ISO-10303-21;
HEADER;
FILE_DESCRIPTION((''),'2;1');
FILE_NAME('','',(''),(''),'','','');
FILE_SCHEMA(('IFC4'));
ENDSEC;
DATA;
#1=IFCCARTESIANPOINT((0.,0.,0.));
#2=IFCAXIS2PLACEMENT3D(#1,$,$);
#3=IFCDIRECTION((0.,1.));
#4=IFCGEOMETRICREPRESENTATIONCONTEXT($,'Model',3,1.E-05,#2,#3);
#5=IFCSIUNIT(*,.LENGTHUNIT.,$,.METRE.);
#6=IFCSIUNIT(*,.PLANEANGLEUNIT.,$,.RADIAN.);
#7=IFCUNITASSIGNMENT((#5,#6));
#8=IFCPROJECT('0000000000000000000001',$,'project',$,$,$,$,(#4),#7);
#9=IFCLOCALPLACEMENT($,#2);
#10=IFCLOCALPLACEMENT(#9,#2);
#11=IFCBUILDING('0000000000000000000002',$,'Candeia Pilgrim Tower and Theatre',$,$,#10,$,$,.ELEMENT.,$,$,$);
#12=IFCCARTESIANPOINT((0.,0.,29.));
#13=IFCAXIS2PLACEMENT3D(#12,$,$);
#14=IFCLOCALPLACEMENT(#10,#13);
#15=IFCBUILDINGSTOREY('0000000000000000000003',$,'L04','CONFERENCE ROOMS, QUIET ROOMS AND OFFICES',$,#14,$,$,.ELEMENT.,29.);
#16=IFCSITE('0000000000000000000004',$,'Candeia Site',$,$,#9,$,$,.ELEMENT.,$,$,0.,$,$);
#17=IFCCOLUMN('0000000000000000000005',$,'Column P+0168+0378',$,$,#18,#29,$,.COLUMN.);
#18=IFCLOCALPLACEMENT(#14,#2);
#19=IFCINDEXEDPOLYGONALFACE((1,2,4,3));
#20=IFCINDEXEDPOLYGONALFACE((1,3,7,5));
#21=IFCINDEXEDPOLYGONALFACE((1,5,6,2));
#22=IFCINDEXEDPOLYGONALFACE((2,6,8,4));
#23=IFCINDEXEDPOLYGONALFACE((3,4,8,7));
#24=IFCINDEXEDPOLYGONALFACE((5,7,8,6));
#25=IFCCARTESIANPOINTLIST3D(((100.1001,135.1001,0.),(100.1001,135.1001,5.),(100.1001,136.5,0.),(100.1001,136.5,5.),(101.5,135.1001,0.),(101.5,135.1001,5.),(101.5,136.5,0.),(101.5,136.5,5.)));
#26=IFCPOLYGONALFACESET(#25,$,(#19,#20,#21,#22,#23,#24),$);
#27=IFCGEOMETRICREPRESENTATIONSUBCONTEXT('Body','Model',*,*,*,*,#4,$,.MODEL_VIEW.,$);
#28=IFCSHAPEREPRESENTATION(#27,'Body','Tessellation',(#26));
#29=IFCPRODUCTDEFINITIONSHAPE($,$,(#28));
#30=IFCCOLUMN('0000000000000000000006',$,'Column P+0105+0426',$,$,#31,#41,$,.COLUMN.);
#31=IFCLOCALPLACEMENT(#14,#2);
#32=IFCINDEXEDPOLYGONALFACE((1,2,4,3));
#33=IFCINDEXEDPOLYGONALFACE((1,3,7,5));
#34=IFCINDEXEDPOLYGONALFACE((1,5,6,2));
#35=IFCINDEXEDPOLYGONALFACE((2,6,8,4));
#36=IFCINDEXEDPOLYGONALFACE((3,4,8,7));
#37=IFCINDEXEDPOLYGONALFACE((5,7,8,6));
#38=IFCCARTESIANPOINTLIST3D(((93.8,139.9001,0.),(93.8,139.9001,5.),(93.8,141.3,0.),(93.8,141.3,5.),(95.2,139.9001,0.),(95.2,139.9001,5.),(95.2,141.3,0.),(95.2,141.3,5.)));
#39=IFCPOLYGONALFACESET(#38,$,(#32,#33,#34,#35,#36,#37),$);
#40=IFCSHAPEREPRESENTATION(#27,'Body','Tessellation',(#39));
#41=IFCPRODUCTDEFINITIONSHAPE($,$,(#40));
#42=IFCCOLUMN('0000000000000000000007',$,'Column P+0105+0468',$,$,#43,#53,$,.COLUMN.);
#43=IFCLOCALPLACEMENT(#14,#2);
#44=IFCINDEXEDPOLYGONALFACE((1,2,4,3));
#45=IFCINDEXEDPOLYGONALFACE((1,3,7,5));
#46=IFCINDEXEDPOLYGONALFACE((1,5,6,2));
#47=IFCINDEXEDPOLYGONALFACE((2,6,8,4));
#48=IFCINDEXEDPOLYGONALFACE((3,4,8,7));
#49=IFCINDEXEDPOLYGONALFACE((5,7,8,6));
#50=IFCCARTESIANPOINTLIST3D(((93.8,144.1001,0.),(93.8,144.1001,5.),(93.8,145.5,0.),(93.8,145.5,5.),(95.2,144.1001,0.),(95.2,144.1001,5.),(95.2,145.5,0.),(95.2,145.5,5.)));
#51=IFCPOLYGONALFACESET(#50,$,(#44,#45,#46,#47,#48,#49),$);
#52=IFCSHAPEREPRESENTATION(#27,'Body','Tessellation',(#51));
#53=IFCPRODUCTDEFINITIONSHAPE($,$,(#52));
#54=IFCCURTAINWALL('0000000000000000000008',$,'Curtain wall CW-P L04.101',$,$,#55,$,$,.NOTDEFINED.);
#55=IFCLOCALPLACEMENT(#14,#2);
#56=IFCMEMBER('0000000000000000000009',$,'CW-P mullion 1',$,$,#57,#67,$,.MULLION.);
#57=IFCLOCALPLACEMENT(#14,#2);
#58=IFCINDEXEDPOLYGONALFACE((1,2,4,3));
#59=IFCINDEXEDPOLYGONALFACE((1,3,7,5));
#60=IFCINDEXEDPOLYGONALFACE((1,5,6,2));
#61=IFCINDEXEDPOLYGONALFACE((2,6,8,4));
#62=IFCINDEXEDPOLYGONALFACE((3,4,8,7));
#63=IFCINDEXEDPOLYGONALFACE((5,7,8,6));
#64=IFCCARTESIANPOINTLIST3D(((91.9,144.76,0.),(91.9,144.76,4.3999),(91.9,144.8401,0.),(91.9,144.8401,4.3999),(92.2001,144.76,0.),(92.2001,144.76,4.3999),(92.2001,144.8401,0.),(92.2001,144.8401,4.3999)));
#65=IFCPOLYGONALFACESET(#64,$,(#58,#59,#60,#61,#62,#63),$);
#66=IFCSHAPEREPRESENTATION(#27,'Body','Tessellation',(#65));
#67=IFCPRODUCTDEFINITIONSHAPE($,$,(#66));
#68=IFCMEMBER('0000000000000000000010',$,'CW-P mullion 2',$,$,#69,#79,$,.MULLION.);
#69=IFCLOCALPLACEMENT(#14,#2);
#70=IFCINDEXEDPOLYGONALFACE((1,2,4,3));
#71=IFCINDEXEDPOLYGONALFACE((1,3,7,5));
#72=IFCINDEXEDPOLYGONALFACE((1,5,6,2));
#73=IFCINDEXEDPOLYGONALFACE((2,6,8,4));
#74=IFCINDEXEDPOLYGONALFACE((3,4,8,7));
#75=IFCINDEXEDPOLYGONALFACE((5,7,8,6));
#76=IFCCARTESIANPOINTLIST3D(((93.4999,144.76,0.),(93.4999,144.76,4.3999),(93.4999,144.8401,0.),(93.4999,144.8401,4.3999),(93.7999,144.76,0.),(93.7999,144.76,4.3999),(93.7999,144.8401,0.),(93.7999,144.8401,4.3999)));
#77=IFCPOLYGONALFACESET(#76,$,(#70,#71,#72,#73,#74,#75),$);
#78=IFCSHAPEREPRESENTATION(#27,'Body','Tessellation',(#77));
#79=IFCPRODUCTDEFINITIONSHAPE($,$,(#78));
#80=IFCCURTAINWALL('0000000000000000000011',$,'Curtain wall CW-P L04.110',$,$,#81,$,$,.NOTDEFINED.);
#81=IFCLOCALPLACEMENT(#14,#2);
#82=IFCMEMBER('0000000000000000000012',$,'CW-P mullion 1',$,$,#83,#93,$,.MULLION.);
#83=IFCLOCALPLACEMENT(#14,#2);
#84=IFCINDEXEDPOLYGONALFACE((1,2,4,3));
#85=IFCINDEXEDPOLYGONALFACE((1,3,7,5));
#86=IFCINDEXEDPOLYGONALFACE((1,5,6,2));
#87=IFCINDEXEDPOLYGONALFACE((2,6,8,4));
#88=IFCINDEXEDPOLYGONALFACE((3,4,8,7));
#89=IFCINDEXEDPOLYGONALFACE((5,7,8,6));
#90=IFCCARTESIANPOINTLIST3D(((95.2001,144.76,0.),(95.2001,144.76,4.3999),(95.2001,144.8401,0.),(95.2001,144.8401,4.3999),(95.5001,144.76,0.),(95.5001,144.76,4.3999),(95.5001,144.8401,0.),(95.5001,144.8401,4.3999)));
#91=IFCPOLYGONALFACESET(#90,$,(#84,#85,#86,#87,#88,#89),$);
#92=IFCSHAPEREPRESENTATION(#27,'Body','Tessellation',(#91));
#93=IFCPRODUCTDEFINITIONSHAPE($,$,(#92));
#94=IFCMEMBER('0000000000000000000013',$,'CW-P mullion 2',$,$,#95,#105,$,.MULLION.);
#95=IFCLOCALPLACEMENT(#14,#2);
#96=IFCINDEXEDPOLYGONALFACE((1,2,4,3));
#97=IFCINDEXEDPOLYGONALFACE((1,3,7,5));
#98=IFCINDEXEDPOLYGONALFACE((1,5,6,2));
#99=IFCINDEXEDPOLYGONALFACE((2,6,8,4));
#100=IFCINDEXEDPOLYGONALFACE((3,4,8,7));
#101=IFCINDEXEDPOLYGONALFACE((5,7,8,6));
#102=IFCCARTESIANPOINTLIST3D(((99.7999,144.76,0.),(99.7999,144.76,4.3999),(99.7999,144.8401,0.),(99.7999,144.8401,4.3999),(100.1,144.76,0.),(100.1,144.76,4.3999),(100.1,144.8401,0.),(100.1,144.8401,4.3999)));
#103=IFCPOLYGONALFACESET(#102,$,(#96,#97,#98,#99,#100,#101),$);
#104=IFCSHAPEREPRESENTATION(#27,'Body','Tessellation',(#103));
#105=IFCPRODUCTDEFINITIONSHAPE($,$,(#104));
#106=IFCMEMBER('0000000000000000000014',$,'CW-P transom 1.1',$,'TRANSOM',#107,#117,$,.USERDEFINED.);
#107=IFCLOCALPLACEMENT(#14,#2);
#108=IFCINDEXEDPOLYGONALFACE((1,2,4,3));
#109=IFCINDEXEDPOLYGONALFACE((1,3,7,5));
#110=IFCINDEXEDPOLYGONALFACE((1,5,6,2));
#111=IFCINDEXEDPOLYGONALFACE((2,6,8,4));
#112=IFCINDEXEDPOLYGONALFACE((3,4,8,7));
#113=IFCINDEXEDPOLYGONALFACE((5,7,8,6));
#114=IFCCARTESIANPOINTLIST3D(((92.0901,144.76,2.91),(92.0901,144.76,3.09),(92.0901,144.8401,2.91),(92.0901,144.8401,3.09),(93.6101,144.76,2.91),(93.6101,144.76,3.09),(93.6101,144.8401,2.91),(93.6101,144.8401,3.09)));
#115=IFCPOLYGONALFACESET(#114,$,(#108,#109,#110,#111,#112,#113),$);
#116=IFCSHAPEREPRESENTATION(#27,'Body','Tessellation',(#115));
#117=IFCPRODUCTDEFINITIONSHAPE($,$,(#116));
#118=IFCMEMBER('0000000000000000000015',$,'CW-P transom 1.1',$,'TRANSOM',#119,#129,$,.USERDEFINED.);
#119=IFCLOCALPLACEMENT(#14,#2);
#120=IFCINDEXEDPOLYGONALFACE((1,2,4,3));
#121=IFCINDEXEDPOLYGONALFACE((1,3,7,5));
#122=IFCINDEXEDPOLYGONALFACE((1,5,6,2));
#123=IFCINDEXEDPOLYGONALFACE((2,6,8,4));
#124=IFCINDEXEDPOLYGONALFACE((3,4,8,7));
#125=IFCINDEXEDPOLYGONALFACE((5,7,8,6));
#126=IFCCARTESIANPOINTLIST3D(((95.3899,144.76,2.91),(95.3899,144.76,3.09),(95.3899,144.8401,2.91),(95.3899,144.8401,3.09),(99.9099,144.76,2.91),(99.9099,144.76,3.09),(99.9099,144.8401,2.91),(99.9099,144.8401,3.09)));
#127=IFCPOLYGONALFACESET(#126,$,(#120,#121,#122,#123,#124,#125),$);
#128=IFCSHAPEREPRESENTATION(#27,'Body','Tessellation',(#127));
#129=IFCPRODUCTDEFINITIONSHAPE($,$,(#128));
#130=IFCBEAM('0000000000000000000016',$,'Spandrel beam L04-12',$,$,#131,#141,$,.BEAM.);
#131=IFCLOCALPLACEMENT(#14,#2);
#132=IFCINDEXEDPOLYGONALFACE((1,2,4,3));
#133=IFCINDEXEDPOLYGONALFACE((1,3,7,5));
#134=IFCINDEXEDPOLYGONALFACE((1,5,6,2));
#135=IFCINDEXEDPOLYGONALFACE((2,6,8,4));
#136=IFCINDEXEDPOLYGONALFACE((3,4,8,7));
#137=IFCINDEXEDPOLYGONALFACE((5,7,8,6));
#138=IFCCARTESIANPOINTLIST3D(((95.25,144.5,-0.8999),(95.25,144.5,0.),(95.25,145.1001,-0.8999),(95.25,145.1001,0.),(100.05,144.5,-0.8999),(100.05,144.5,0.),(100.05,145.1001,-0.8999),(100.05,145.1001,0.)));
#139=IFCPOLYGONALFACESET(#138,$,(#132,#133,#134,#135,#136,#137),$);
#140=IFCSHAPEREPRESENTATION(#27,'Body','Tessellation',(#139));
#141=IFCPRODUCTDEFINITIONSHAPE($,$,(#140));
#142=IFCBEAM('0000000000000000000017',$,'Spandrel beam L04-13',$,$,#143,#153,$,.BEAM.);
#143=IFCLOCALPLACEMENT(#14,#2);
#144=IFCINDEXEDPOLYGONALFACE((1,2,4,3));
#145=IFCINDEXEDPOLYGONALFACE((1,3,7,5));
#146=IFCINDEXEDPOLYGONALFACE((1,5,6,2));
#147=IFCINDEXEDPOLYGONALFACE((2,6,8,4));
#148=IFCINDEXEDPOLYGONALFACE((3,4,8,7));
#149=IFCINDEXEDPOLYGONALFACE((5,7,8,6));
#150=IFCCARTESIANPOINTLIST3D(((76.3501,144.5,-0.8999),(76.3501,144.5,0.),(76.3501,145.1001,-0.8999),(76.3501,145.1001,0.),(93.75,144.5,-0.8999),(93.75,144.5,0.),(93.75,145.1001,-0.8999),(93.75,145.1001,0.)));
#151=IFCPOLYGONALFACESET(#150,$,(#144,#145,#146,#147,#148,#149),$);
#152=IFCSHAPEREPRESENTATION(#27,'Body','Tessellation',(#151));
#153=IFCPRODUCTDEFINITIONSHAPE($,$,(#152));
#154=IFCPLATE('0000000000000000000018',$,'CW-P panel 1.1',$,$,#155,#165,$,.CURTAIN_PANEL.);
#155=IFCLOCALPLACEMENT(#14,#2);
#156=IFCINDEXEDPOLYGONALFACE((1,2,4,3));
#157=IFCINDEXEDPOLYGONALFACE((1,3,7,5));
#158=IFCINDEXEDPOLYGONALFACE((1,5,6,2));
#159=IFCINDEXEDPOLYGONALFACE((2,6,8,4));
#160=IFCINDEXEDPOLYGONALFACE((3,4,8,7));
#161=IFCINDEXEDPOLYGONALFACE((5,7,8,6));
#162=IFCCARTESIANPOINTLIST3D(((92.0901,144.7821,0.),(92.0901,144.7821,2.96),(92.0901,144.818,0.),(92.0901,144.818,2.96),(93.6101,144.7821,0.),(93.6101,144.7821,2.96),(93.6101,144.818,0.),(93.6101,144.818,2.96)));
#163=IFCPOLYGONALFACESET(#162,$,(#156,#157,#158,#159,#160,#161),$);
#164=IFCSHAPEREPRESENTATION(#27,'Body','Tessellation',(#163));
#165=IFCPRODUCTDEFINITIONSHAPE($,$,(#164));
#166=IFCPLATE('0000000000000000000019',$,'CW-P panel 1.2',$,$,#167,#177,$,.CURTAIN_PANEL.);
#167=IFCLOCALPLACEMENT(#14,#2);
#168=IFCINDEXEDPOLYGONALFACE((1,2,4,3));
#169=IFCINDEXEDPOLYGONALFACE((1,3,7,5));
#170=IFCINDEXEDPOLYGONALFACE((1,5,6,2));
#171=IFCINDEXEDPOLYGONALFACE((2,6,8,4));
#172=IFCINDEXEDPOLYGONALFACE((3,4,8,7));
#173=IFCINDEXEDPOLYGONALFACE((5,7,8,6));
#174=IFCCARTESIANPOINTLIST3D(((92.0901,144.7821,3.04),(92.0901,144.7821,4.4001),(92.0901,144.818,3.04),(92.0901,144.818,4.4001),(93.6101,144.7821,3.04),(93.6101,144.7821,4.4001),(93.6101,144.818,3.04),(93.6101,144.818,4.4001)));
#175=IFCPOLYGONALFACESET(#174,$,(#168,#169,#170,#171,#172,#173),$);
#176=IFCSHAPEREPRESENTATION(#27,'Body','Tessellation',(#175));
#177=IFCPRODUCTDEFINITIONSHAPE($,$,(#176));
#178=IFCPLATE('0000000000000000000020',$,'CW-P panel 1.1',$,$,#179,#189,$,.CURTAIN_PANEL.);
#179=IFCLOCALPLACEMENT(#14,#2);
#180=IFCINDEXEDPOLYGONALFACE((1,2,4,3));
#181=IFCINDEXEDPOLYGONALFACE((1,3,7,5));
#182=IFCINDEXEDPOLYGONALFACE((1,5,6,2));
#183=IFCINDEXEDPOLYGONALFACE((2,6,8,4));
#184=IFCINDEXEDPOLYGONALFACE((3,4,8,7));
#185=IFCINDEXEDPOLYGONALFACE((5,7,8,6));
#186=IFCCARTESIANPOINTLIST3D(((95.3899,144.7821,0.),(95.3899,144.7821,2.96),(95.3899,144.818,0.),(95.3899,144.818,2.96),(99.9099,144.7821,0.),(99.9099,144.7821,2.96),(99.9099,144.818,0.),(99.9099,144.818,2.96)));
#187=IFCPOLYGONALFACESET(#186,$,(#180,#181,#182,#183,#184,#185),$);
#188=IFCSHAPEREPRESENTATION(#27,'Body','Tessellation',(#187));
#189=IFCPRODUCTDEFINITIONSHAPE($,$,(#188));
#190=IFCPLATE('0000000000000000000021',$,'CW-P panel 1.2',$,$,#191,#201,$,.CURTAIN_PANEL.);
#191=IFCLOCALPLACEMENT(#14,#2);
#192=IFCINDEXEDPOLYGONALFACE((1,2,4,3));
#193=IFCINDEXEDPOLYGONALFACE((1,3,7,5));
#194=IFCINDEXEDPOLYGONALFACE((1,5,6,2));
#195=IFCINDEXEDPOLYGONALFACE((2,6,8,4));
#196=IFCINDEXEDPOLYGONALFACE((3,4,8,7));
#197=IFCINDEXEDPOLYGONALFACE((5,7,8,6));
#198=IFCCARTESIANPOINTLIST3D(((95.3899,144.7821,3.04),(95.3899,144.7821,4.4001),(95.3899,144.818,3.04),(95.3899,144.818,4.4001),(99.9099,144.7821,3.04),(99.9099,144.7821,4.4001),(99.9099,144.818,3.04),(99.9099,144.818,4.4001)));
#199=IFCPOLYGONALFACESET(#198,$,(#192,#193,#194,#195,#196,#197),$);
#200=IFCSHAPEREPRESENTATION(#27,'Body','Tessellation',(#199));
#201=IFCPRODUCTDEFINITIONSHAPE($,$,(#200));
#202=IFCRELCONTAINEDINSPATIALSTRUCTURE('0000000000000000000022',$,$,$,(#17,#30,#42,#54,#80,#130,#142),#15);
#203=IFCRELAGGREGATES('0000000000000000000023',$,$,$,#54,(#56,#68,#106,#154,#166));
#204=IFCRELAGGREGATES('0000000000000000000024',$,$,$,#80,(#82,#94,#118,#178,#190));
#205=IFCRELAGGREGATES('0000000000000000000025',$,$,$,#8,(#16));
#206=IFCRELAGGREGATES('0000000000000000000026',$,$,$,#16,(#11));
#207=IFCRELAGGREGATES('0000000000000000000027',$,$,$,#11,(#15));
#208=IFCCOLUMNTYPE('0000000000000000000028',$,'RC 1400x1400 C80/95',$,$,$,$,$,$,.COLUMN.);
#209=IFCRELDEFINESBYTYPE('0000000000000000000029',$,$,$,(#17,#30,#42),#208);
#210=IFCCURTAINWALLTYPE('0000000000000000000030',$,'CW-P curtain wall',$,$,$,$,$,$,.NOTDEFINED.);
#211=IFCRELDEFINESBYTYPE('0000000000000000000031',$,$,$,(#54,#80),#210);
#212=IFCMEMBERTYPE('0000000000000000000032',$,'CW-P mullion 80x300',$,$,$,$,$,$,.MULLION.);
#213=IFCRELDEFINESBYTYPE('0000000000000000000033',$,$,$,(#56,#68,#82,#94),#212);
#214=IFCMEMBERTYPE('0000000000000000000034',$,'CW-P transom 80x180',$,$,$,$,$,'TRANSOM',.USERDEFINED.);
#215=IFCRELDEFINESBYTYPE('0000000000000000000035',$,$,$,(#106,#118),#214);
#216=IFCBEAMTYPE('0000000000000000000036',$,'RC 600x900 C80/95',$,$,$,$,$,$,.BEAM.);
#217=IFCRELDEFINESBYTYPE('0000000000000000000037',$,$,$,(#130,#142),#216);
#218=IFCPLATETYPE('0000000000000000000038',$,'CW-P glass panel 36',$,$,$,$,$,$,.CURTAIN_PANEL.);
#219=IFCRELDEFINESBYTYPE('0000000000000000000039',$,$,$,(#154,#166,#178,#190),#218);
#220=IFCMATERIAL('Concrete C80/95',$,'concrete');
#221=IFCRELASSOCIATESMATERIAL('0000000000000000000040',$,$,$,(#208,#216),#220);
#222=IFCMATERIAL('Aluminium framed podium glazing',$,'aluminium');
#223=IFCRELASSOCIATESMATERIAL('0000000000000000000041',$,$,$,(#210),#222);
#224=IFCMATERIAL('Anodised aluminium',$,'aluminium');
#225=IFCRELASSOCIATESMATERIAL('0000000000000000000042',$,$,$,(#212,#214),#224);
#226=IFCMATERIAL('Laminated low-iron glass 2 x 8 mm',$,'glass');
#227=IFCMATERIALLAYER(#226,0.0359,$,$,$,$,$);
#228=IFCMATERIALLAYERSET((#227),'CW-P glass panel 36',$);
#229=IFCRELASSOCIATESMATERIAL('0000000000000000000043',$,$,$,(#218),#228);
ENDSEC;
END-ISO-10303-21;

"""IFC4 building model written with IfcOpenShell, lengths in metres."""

from ifc_helpers import new_model, si_unit, direction, frame, origin, origin_2d, place, context, subcontext, project, spatial, rectangle, extrude, material, layer, layer_set, material_profile, profile_set, type_object, element, aggregate, save


model = new_model("IFC4")

# Units and contexts
model_context = context("Model", 3, precision=1e-05, world=origin(), true_north=direction((0.0, 1.0)))
body_context = subcontext(model_context, "Body", "Model", "MODEL_VIEW")
ifc_project = project(units=[si_unit("LENGTHUNIT", "METRE"), si_unit("PLANEANGLEUNIT", "RADIAN")], contexts=[model_context])

# Site, building, storey
site_placement = place(None, origin())
site = spatial("IfcSite", under=ifc_project, at=site_placement, Name="Candeia Site", CompositionType="ELEMENT", RefElevation=0.0)
building_placement = place(site_placement, origin())
building = spatial("IfcBuilding", under=site, at=building_placement, Name="Candeia Pilgrim Tower and Theatre", CompositionType="ELEMENT")
storey_placement = place(building_placement, frame((0.0, 0.0, 29.0)))
storey = spatial("IfcBuildingStorey", under=building, at=storey_placement, Name="L04", Description="CONFERENCE ROOMS, QUIET ROOMS AND OFFICES", CompositionType="ELEMENT", Elevation=29.0)

# Columns
ifc_material_1 = material(Name="Concrete C80/95", Category="concrete")
ifc_material_profile_1 = material_profile(ifc_material_1, rectangle(XDim=1.3999, YDim=1.3999, at=origin_2d()))
ifc_profile_set_1 = profile_set([ifc_material_profile_1], Name="Concrete C80/95")
column_type = type_object("IfcColumnType", Name="RC 1400x1400 C80/95", PredefinedType="COLUMN", material=ifc_profile_set_1)
for number, where, z_axis, x_axis, name in (
    (1, (100.8, 135.8, 0.0), (0.0, 0.0, 1.0), (1.0, 0.0, 0.0), "Column P+0168+0378"),
    (2, (94.5, 140.6001, 0.0), (0.0, 0.0, 1.0), (1.0, 0.0, 0.0), "Column P+0105+0426"),
    (3, (94.5, 144.8, 0.0), (0.0, 0.0, 1.0), (1.0, 0.0, 0.0), "Column P+0105+0468"),
):
    element("IfcColumn", number, at=place(storey_placement, frame(where, z_axis=z_axis, x_axis=x_axis)), inside=storey, type_object=column_type, Name=name, PredefinedType="COLUMN", context=body_context, shape_type="SweptSolid", body=[
        extrude(rectangle(XDim=1.3999, YDim=1.3999, at=origin_2d()), origin(), (0.0, 0.0, 1.0), 5.0),
    ])

# Curtain walls, members
ifc_material_2 = material(Name="Aluminium framed podium glazing", Category="aluminium")
curtain_wall_type = type_object("IfcCurtainWallType", Name="CW-P curtain wall", PredefinedType="NOTDEFINED", material=ifc_material_2)
curtain_wall_1_placement = place(storey_placement, origin())
curtain_wall_1 = element("IfcCurtainWall", 4, at=curtain_wall_1_placement, inside=storey, type_object=curtain_wall_type, Name="Curtain wall CW-P L04.101", PredefinedType="NOTDEFINED")
ifc_material_3 = material(Name="Anodised aluminium", Category="aluminium")
ifc_material_profile_2 = material_profile(ifc_material_3, rectangle(XDim=0.0801, YDim=0.3, at=origin_2d()))
ifc_profile_set_2 = profile_set([ifc_material_profile_2], Name="Anodised aluminium")
member_type_1 = type_object("IfcMemberType", Name="CW-P mullion 80x300", PredefinedType="MULLION", material=ifc_profile_set_2)
member_1_placement = place(storey_placement, frame((92.05, 144.8, 0.0), z_axis=(0.0, 0.0, 1.0), x_axis=(0.0, 1.0, 0.0)))
member_1 = element("IfcMember", 5, at=member_1_placement, type_object=member_type_1, Name="CW-P mullion 1", PredefinedType="MULLION", context=body_context, shape_type="SweptSolid", body=[
    extrude(rectangle(XDim=0.0801, YDim=0.3, at=origin_2d()), origin(), (0.0, 0.0, 1.0), 4.3999),
])
member_2_placement = place(storey_placement, frame((93.6499, 144.8, 0.0), z_axis=(0.0, 0.0, 1.0), x_axis=(0.0, 1.0, 0.0)))
member_2 = element("IfcMember", 6, at=member_2_placement, type_object=member_type_1, Name="CW-P mullion 2", PredefinedType="MULLION", context=body_context, shape_type="SweptSolid", body=[
    extrude(rectangle(XDim=0.0801, YDim=0.3, at=origin_2d()), origin(), (0.0, 0.0, 1.0), 4.3999),
])
curtain_wall_2_placement = place(storey_placement, origin())
curtain_wall_2 = element("IfcCurtainWall", 7, at=curtain_wall_2_placement, inside=storey, type_object=curtain_wall_type, Name="Curtain wall CW-P L04.110", PredefinedType="NOTDEFINED")
member_3_placement = place(storey_placement, frame((95.3501, 144.8, 0.0), z_axis=(0.0, 0.0, 1.0), x_axis=(0.0, 1.0, 0.0)))
member_3 = element("IfcMember", 8, at=member_3_placement, type_object=member_type_1, Name="CW-P mullion 1", PredefinedType="MULLION", context=body_context, shape_type="SweptSolid", body=[
    extrude(rectangle(XDim=0.0801, YDim=0.3, at=origin_2d()), origin(), (0.0, 0.0, 1.0), 4.3999),
])
member_4_placement = place(storey_placement, frame((99.95, 144.8, 0.0), z_axis=(0.0, 0.0, 1.0), x_axis=(0.0, 1.0, 0.0)))
member_4 = element("IfcMember", 9, at=member_4_placement, type_object=member_type_1, Name="CW-P mullion 2", PredefinedType="MULLION", context=body_context, shape_type="SweptSolid", body=[
    extrude(rectangle(XDim=0.0801, YDim=0.3, at=origin_2d()), origin(), (0.0, 0.0, 1.0), 4.3999),
])

# Members
ifc_material_profile_3 = material_profile(ifc_material_3, rectangle(XDim=0.0801, YDim=0.1799, at=origin_2d()))
ifc_profile_set_3 = profile_set([ifc_material_profile_3], Name="Anodised aluminium")
member_type_2 = type_object("IfcMemberType", Name="CW-P transom 80x180", ElementType="TRANSOM", PredefinedType="USERDEFINED", material=ifc_profile_set_3)
member_5_placement = place(storey_placement, frame((92.0901, 144.8, 3.0), z_axis=(1.0, 0.0, 0.0), x_axis=(0.0, 1.0, 0.0)))
member_5 = element("IfcMember", 10, at=member_5_placement, type_object=member_type_2, Name="CW-P transom 1.1", ObjectType="TRANSOM", PredefinedType="USERDEFINED", context=body_context, shape_type="SweptSolid", body=[
    extrude(rectangle(XDim=0.0801, YDim=0.1799, at=origin_2d()), origin(), (0.0, 0.0, 1.0), 1.52),
])
member_6_placement = place(storey_placement, frame((95.3899, 144.8, 3.0), z_axis=(1.0, 0.0, 0.0), x_axis=(0.0, 1.0, 0.0)))
member_6 = element("IfcMember", 11, at=member_6_placement, type_object=member_type_2, Name="CW-P transom 1.1", ObjectType="TRANSOM", PredefinedType="USERDEFINED", context=body_context, shape_type="SweptSolid", body=[
    extrude(rectangle(XDim=0.0801, YDim=0.1799, at=origin_2d()), origin(), (0.0, 0.0, 1.0), 4.52),
])

# Beams
ifc_material_profile_4 = material_profile(ifc_material_1, rectangle(XDim=0.6001, YDim=0.8999, at=origin_2d()))
ifc_profile_set_4 = profile_set([ifc_material_profile_4], Name="Concrete C80/95")
beam_type = type_object("IfcBeamType", Name="RC 600x900 C80/95", PredefinedType="BEAM", material=ifc_profile_set_4)
beam_1_placement = place(storey_placement, frame((100.05, 144.8, -0.45), z_axis=(-1.0, 0.0, 0.0), x_axis=(0.0, -1.0, 0.0)))
element("IfcBeam", 12, at=beam_1_placement, inside=storey, type_object=beam_type, Name="Spandrel beam L04-12", PredefinedType="BEAM", context=body_context, shape_type="SweptSolid", body=[
    extrude(rectangle(XDim=0.6001, YDim=0.8999, at=origin_2d()), origin(), (0.0, 0.0, 1.0), 4.8),
])
beam_2_placement = place(storey_placement, frame((93.75, 144.8, -0.45), z_axis=(-1.0, 0.0, 0.0), x_axis=(0.0, -1.0, 0.0)))
element("IfcBeam", 13, at=beam_2_placement, inside=storey, type_object=beam_type, Name="Spandrel beam L04-13", PredefinedType="BEAM", context=body_context, shape_type="SweptSolid", body=[
    extrude(rectangle(XDim=0.6001, YDim=0.8999, at=origin_2d()), origin(), (0.0, 0.0, 1.0), 17.3999),
])

# Plates
ifc_material_4 = material(Name="Laminated low-iron glass 2 x 8 mm", Category="glass")
ifc_layer_1 = layer(ifc_material_4, 0.0359)
ifc_layer_set_1 = layer_set([ifc_layer_1], Name="CW-P glass panel 36")
plate_type = type_object("IfcPlateType", Name="CW-P glass panel 36", PredefinedType="CURTAIN_PANEL", material=ifc_layer_set_1)
plate_1_placement = place(storey_placement, frame((92.8501, 144.8, 0.0), z_axis=(0.0, 0.0, 1.0), x_axis=(1.0, 0.0, 0.0)))
plate_1 = element("IfcPlate", 14, at=plate_1_placement, type_object=plate_type, Name="CW-P panel 1.1", PredefinedType="CURTAIN_PANEL", context=body_context, shape_type="SweptSolid", body=[
    extrude(rectangle(XDim=1.52, YDim=0.0359, at=origin_2d()), origin(), (0.0, 0.0, 1.0), 2.96),
])
plate_2_placement = place(storey_placement, frame((92.8501, 144.8, 3.04), z_axis=(0.0, 0.0, 1.0), x_axis=(1.0, 0.0, 0.0)))
plate_2 = element("IfcPlate", 15, at=plate_2_placement, type_object=plate_type, Name="CW-P panel 1.2", PredefinedType="CURTAIN_PANEL", context=body_context, shape_type="SweptSolid", body=[
    extrude(rectangle(XDim=1.52, YDim=0.0359, at=origin_2d()), origin(), (0.0, 0.0, 1.0), 1.3601),
])
aggregate(curtain_wall_1, [member_1, member_2, member_5, plate_1, plate_2])
plate_3_placement = place(storey_placement, frame((97.6499, 144.8, 0.0), z_axis=(0.0, 0.0, 1.0), x_axis=(1.0, 0.0, 0.0)))
plate_3 = element("IfcPlate", 16, at=plate_3_placement, type_object=plate_type, Name="CW-P panel 1.1", PredefinedType="CURTAIN_PANEL", context=body_context, shape_type="SweptSolid", body=[
    extrude(rectangle(XDim=4.52, YDim=0.0359, at=origin_2d()), origin(), (0.0, 0.0, 1.0), 2.96),
])
plate_4_placement = place(storey_placement, frame((97.6499, 144.8, 3.04), z_axis=(0.0, 0.0, 1.0), x_axis=(1.0, 0.0, 0.0)))
plate_4 = element("IfcPlate", 17, at=plate_4_placement, type_object=plate_type, Name="CW-P panel 1.2", PredefinedType="CURTAIN_PANEL", context=body_context, shape_type="SweptSolid", body=[
    extrude(rectangle(XDim=4.52, YDim=0.0359, at=origin_2d()), origin(), (0.0, 0.0, 1.0), 1.3601),
])
aggregate(curtain_wall_2, [member_3, member_4, member_6, plate_3, plate_4])

save(model, "model.ifc")
